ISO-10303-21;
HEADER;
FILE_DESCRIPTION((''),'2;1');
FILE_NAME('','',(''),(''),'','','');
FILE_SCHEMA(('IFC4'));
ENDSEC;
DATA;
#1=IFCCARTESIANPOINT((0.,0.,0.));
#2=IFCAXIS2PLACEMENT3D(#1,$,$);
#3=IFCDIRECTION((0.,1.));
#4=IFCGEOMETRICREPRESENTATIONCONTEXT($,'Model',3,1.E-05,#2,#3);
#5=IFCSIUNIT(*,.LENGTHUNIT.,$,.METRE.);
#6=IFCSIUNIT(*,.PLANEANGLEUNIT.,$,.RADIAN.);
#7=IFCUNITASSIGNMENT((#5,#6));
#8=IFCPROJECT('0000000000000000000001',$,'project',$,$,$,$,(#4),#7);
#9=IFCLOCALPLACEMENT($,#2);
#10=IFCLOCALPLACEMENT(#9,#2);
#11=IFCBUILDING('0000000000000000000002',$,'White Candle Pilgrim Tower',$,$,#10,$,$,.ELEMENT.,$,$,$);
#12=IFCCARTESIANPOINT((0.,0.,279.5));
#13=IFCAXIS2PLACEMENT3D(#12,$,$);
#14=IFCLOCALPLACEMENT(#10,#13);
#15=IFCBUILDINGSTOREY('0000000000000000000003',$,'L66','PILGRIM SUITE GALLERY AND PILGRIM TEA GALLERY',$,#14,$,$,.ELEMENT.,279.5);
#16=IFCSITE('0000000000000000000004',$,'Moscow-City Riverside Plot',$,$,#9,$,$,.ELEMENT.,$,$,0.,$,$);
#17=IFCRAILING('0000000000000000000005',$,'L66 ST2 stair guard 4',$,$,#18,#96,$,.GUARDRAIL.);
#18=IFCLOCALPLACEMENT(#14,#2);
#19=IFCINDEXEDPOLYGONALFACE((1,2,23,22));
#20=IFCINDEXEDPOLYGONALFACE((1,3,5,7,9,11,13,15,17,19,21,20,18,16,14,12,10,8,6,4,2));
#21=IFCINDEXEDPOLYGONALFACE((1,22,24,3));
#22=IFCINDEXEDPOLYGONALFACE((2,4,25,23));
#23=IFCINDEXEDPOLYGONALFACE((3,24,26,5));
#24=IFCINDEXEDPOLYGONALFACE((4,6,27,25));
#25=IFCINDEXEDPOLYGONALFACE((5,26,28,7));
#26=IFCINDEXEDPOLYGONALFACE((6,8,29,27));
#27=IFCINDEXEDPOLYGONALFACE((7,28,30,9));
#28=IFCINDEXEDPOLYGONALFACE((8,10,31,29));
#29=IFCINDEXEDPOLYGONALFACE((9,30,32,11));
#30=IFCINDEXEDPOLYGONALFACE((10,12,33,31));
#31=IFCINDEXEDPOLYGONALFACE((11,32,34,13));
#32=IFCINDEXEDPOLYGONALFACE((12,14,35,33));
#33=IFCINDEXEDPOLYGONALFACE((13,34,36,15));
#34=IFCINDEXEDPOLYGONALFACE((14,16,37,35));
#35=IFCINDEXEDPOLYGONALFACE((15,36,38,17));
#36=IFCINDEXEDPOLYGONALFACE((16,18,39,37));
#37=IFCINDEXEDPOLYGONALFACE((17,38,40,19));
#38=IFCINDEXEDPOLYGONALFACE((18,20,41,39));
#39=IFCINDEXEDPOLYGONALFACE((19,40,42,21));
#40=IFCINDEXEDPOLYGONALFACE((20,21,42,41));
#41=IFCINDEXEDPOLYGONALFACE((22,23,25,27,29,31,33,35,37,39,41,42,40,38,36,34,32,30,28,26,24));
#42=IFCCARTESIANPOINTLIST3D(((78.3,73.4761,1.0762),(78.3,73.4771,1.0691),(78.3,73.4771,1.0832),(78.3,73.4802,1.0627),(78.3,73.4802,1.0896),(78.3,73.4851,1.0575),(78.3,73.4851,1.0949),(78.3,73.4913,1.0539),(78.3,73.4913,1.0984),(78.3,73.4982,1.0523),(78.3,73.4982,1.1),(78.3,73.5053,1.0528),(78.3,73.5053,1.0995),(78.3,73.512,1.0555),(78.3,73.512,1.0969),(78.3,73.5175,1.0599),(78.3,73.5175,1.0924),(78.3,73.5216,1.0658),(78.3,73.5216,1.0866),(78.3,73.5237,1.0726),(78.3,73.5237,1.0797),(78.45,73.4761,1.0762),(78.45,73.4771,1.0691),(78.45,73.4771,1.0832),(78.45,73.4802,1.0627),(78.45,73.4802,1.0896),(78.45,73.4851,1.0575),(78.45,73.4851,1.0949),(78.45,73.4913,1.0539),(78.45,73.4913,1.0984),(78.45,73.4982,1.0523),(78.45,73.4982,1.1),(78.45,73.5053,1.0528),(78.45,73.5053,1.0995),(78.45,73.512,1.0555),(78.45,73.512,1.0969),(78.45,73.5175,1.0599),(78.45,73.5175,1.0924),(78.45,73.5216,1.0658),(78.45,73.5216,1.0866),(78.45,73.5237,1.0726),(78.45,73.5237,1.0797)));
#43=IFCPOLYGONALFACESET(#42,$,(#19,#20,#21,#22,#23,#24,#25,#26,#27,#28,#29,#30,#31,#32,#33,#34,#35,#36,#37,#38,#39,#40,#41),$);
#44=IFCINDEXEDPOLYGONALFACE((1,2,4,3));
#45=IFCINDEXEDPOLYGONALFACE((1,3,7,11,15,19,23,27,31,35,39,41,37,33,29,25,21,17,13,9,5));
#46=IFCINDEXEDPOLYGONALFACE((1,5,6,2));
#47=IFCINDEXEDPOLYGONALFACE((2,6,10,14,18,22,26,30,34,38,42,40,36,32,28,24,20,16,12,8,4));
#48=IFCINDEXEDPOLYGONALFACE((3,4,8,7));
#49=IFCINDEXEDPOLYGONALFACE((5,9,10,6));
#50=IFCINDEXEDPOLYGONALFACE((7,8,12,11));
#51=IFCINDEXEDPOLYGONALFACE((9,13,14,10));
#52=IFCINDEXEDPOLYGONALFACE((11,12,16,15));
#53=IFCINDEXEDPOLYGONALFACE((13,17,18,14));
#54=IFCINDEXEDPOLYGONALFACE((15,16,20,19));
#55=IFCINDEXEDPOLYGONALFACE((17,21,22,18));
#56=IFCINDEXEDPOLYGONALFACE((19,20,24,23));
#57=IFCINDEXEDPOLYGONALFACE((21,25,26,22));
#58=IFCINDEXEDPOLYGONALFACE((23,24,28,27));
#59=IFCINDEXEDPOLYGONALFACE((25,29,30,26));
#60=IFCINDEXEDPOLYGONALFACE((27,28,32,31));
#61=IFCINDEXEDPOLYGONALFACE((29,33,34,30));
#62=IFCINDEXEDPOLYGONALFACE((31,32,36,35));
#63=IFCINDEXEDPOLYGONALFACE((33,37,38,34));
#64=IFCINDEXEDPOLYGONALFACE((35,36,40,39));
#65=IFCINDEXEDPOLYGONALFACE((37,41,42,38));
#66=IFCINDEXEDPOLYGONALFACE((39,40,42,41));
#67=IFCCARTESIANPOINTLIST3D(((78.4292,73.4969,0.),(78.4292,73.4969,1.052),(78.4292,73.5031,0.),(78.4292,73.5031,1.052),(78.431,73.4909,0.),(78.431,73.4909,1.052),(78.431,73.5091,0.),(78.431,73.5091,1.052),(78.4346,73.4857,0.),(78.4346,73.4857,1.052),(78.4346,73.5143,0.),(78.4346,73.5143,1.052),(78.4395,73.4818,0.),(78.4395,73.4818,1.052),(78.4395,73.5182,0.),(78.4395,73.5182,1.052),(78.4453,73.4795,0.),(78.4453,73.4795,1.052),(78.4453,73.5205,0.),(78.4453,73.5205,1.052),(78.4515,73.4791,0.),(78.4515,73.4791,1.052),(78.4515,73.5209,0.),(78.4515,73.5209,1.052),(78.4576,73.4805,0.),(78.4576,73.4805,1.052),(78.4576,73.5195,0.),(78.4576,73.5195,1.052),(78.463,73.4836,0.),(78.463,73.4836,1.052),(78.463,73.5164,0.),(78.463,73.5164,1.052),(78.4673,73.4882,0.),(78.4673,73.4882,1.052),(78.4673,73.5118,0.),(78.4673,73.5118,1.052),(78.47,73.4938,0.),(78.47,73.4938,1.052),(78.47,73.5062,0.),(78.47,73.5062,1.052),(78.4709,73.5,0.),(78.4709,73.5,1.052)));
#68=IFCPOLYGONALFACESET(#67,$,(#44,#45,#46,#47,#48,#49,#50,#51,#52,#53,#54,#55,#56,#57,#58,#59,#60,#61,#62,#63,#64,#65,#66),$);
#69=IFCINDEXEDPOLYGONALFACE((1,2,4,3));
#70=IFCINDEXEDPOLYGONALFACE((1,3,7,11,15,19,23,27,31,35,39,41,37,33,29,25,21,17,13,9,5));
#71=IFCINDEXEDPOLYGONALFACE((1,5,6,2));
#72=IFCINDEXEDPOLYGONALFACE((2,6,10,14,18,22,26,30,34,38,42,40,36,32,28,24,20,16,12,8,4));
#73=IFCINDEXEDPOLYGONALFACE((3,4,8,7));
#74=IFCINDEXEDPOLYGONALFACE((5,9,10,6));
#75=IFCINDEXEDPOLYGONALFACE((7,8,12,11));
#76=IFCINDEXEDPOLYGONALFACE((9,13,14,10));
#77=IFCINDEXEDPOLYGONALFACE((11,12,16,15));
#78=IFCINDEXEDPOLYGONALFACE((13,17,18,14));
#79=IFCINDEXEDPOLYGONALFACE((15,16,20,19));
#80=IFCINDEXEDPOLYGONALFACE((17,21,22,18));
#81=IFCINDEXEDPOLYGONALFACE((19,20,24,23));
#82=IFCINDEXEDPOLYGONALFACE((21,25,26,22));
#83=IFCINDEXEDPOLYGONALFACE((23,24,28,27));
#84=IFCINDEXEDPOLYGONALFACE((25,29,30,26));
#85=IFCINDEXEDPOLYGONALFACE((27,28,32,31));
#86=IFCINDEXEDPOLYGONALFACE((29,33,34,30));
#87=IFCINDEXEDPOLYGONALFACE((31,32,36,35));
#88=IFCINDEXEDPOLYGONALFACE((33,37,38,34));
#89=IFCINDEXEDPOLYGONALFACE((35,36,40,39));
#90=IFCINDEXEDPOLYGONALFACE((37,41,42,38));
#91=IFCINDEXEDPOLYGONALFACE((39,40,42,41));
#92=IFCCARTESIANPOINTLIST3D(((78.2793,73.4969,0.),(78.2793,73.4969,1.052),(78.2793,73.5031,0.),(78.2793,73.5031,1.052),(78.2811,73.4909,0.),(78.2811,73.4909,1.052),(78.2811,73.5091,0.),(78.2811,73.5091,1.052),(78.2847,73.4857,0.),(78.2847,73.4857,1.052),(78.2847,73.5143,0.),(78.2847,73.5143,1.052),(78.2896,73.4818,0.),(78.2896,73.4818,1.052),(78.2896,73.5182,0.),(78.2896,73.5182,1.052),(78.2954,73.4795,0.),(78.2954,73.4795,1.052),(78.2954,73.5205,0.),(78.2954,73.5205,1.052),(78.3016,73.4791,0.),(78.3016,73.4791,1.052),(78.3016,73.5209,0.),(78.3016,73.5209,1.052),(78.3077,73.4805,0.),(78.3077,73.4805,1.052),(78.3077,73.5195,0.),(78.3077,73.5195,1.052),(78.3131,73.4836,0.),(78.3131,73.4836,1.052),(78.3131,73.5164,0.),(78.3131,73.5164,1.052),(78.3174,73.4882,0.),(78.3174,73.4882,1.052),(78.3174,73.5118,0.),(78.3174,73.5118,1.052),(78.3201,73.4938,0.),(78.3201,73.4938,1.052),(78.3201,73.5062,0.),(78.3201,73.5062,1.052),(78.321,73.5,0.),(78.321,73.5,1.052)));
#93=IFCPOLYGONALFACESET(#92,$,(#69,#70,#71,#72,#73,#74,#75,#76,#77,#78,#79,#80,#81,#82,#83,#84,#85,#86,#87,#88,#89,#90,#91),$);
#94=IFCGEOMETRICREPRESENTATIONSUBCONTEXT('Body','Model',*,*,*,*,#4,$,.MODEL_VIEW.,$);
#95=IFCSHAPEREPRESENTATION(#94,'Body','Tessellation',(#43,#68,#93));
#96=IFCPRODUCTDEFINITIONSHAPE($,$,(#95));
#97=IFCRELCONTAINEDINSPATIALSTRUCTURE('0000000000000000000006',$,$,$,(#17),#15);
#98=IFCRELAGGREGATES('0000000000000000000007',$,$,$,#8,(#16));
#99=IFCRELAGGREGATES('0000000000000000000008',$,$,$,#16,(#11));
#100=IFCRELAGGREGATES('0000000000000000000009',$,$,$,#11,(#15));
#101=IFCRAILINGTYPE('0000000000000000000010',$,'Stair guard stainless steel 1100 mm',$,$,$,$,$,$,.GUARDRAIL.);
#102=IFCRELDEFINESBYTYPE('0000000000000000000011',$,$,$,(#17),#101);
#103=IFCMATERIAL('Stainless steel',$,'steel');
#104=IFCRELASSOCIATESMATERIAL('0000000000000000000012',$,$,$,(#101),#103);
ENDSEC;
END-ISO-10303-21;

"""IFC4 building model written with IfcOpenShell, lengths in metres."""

from ifc_helpers import new_model, si_unit, direction, frame, origin, origin_2d, place, context, subcontext, project, spatial, circle, extrude, material, type_object, element, save


model = new_model("IFC4")

# Units and contexts
model_context = context("Model", 3, precision=1e-05, world=origin(), true_north=direction((0.0, 1.0)))
body_context = subcontext(model_context, "Body", "Model", "MODEL_VIEW")
ifc_project = project(units=[si_unit("LENGTHUNIT", "METRE"), si_unit("PLANEANGLEUNIT", "RADIAN")], contexts=[model_context])

# Site, building, storey
site_placement = place(None, origin())
site = spatial("IfcSite", under=ifc_project, at=site_placement, Name="Moscow-City Riverside Plot", CompositionType="ELEMENT", RefElevation=0.0)
building_placement = place(site_placement, origin())
building = spatial("IfcBuilding", under=site, at=building_placement, Name="White Candle Pilgrim Tower", CompositionType="ELEMENT")
storey_placement = place(building_placement, frame((0.0, 0.0, 279.5)))
storey = spatial("IfcBuildingStorey", under=building, at=storey_placement, Name="L66", Description="PILGRIM SUITE GALLERY AND PILGRIM TEA GALLERY", CompositionType="ELEMENT", Elevation=279.5)

# Railing
ifc_material_1 = material(Name="Stainless steel", Category="steel")
railing_type_1 = type_object("IfcRailingType", Name="Stair guard stainless steel 1100 mm", PredefinedType="GUARDRAIL", material=ifc_material_1)
railing_1_placement = place(storey_placement, frame((78.45, 73.5, 0.0)))
element("IfcRailing", 1, at=railing_1_placement, inside=storey, type_object=railing_type_1, Name="L66 ST2 stair guard 4", PredefinedType="GUARDRAIL", context=body_context, shape_type="SweptSolid", body=[
    extrude(circle(Radius=0.0239, at=origin_2d()), frame((0.0, 0.0, 1.0762), z_axis=(-1.0, 0.0, 0.0), x_axis=(0.0, -1.0, 0.0)), (0.0, 0.0, 1.0), 0.1499),
    extrude(circle(Radius=0.021, at=origin_2d()), origin(), (0.0, 0.0, 1.0), 1.052),
    extrude(circle(Radius=0.021, at=origin_2d()), frame((-0.1499, 0.0, 0.0)), (0.0, 0.0, 1.0), 1.052),
])

save(model, "model.ifc")
